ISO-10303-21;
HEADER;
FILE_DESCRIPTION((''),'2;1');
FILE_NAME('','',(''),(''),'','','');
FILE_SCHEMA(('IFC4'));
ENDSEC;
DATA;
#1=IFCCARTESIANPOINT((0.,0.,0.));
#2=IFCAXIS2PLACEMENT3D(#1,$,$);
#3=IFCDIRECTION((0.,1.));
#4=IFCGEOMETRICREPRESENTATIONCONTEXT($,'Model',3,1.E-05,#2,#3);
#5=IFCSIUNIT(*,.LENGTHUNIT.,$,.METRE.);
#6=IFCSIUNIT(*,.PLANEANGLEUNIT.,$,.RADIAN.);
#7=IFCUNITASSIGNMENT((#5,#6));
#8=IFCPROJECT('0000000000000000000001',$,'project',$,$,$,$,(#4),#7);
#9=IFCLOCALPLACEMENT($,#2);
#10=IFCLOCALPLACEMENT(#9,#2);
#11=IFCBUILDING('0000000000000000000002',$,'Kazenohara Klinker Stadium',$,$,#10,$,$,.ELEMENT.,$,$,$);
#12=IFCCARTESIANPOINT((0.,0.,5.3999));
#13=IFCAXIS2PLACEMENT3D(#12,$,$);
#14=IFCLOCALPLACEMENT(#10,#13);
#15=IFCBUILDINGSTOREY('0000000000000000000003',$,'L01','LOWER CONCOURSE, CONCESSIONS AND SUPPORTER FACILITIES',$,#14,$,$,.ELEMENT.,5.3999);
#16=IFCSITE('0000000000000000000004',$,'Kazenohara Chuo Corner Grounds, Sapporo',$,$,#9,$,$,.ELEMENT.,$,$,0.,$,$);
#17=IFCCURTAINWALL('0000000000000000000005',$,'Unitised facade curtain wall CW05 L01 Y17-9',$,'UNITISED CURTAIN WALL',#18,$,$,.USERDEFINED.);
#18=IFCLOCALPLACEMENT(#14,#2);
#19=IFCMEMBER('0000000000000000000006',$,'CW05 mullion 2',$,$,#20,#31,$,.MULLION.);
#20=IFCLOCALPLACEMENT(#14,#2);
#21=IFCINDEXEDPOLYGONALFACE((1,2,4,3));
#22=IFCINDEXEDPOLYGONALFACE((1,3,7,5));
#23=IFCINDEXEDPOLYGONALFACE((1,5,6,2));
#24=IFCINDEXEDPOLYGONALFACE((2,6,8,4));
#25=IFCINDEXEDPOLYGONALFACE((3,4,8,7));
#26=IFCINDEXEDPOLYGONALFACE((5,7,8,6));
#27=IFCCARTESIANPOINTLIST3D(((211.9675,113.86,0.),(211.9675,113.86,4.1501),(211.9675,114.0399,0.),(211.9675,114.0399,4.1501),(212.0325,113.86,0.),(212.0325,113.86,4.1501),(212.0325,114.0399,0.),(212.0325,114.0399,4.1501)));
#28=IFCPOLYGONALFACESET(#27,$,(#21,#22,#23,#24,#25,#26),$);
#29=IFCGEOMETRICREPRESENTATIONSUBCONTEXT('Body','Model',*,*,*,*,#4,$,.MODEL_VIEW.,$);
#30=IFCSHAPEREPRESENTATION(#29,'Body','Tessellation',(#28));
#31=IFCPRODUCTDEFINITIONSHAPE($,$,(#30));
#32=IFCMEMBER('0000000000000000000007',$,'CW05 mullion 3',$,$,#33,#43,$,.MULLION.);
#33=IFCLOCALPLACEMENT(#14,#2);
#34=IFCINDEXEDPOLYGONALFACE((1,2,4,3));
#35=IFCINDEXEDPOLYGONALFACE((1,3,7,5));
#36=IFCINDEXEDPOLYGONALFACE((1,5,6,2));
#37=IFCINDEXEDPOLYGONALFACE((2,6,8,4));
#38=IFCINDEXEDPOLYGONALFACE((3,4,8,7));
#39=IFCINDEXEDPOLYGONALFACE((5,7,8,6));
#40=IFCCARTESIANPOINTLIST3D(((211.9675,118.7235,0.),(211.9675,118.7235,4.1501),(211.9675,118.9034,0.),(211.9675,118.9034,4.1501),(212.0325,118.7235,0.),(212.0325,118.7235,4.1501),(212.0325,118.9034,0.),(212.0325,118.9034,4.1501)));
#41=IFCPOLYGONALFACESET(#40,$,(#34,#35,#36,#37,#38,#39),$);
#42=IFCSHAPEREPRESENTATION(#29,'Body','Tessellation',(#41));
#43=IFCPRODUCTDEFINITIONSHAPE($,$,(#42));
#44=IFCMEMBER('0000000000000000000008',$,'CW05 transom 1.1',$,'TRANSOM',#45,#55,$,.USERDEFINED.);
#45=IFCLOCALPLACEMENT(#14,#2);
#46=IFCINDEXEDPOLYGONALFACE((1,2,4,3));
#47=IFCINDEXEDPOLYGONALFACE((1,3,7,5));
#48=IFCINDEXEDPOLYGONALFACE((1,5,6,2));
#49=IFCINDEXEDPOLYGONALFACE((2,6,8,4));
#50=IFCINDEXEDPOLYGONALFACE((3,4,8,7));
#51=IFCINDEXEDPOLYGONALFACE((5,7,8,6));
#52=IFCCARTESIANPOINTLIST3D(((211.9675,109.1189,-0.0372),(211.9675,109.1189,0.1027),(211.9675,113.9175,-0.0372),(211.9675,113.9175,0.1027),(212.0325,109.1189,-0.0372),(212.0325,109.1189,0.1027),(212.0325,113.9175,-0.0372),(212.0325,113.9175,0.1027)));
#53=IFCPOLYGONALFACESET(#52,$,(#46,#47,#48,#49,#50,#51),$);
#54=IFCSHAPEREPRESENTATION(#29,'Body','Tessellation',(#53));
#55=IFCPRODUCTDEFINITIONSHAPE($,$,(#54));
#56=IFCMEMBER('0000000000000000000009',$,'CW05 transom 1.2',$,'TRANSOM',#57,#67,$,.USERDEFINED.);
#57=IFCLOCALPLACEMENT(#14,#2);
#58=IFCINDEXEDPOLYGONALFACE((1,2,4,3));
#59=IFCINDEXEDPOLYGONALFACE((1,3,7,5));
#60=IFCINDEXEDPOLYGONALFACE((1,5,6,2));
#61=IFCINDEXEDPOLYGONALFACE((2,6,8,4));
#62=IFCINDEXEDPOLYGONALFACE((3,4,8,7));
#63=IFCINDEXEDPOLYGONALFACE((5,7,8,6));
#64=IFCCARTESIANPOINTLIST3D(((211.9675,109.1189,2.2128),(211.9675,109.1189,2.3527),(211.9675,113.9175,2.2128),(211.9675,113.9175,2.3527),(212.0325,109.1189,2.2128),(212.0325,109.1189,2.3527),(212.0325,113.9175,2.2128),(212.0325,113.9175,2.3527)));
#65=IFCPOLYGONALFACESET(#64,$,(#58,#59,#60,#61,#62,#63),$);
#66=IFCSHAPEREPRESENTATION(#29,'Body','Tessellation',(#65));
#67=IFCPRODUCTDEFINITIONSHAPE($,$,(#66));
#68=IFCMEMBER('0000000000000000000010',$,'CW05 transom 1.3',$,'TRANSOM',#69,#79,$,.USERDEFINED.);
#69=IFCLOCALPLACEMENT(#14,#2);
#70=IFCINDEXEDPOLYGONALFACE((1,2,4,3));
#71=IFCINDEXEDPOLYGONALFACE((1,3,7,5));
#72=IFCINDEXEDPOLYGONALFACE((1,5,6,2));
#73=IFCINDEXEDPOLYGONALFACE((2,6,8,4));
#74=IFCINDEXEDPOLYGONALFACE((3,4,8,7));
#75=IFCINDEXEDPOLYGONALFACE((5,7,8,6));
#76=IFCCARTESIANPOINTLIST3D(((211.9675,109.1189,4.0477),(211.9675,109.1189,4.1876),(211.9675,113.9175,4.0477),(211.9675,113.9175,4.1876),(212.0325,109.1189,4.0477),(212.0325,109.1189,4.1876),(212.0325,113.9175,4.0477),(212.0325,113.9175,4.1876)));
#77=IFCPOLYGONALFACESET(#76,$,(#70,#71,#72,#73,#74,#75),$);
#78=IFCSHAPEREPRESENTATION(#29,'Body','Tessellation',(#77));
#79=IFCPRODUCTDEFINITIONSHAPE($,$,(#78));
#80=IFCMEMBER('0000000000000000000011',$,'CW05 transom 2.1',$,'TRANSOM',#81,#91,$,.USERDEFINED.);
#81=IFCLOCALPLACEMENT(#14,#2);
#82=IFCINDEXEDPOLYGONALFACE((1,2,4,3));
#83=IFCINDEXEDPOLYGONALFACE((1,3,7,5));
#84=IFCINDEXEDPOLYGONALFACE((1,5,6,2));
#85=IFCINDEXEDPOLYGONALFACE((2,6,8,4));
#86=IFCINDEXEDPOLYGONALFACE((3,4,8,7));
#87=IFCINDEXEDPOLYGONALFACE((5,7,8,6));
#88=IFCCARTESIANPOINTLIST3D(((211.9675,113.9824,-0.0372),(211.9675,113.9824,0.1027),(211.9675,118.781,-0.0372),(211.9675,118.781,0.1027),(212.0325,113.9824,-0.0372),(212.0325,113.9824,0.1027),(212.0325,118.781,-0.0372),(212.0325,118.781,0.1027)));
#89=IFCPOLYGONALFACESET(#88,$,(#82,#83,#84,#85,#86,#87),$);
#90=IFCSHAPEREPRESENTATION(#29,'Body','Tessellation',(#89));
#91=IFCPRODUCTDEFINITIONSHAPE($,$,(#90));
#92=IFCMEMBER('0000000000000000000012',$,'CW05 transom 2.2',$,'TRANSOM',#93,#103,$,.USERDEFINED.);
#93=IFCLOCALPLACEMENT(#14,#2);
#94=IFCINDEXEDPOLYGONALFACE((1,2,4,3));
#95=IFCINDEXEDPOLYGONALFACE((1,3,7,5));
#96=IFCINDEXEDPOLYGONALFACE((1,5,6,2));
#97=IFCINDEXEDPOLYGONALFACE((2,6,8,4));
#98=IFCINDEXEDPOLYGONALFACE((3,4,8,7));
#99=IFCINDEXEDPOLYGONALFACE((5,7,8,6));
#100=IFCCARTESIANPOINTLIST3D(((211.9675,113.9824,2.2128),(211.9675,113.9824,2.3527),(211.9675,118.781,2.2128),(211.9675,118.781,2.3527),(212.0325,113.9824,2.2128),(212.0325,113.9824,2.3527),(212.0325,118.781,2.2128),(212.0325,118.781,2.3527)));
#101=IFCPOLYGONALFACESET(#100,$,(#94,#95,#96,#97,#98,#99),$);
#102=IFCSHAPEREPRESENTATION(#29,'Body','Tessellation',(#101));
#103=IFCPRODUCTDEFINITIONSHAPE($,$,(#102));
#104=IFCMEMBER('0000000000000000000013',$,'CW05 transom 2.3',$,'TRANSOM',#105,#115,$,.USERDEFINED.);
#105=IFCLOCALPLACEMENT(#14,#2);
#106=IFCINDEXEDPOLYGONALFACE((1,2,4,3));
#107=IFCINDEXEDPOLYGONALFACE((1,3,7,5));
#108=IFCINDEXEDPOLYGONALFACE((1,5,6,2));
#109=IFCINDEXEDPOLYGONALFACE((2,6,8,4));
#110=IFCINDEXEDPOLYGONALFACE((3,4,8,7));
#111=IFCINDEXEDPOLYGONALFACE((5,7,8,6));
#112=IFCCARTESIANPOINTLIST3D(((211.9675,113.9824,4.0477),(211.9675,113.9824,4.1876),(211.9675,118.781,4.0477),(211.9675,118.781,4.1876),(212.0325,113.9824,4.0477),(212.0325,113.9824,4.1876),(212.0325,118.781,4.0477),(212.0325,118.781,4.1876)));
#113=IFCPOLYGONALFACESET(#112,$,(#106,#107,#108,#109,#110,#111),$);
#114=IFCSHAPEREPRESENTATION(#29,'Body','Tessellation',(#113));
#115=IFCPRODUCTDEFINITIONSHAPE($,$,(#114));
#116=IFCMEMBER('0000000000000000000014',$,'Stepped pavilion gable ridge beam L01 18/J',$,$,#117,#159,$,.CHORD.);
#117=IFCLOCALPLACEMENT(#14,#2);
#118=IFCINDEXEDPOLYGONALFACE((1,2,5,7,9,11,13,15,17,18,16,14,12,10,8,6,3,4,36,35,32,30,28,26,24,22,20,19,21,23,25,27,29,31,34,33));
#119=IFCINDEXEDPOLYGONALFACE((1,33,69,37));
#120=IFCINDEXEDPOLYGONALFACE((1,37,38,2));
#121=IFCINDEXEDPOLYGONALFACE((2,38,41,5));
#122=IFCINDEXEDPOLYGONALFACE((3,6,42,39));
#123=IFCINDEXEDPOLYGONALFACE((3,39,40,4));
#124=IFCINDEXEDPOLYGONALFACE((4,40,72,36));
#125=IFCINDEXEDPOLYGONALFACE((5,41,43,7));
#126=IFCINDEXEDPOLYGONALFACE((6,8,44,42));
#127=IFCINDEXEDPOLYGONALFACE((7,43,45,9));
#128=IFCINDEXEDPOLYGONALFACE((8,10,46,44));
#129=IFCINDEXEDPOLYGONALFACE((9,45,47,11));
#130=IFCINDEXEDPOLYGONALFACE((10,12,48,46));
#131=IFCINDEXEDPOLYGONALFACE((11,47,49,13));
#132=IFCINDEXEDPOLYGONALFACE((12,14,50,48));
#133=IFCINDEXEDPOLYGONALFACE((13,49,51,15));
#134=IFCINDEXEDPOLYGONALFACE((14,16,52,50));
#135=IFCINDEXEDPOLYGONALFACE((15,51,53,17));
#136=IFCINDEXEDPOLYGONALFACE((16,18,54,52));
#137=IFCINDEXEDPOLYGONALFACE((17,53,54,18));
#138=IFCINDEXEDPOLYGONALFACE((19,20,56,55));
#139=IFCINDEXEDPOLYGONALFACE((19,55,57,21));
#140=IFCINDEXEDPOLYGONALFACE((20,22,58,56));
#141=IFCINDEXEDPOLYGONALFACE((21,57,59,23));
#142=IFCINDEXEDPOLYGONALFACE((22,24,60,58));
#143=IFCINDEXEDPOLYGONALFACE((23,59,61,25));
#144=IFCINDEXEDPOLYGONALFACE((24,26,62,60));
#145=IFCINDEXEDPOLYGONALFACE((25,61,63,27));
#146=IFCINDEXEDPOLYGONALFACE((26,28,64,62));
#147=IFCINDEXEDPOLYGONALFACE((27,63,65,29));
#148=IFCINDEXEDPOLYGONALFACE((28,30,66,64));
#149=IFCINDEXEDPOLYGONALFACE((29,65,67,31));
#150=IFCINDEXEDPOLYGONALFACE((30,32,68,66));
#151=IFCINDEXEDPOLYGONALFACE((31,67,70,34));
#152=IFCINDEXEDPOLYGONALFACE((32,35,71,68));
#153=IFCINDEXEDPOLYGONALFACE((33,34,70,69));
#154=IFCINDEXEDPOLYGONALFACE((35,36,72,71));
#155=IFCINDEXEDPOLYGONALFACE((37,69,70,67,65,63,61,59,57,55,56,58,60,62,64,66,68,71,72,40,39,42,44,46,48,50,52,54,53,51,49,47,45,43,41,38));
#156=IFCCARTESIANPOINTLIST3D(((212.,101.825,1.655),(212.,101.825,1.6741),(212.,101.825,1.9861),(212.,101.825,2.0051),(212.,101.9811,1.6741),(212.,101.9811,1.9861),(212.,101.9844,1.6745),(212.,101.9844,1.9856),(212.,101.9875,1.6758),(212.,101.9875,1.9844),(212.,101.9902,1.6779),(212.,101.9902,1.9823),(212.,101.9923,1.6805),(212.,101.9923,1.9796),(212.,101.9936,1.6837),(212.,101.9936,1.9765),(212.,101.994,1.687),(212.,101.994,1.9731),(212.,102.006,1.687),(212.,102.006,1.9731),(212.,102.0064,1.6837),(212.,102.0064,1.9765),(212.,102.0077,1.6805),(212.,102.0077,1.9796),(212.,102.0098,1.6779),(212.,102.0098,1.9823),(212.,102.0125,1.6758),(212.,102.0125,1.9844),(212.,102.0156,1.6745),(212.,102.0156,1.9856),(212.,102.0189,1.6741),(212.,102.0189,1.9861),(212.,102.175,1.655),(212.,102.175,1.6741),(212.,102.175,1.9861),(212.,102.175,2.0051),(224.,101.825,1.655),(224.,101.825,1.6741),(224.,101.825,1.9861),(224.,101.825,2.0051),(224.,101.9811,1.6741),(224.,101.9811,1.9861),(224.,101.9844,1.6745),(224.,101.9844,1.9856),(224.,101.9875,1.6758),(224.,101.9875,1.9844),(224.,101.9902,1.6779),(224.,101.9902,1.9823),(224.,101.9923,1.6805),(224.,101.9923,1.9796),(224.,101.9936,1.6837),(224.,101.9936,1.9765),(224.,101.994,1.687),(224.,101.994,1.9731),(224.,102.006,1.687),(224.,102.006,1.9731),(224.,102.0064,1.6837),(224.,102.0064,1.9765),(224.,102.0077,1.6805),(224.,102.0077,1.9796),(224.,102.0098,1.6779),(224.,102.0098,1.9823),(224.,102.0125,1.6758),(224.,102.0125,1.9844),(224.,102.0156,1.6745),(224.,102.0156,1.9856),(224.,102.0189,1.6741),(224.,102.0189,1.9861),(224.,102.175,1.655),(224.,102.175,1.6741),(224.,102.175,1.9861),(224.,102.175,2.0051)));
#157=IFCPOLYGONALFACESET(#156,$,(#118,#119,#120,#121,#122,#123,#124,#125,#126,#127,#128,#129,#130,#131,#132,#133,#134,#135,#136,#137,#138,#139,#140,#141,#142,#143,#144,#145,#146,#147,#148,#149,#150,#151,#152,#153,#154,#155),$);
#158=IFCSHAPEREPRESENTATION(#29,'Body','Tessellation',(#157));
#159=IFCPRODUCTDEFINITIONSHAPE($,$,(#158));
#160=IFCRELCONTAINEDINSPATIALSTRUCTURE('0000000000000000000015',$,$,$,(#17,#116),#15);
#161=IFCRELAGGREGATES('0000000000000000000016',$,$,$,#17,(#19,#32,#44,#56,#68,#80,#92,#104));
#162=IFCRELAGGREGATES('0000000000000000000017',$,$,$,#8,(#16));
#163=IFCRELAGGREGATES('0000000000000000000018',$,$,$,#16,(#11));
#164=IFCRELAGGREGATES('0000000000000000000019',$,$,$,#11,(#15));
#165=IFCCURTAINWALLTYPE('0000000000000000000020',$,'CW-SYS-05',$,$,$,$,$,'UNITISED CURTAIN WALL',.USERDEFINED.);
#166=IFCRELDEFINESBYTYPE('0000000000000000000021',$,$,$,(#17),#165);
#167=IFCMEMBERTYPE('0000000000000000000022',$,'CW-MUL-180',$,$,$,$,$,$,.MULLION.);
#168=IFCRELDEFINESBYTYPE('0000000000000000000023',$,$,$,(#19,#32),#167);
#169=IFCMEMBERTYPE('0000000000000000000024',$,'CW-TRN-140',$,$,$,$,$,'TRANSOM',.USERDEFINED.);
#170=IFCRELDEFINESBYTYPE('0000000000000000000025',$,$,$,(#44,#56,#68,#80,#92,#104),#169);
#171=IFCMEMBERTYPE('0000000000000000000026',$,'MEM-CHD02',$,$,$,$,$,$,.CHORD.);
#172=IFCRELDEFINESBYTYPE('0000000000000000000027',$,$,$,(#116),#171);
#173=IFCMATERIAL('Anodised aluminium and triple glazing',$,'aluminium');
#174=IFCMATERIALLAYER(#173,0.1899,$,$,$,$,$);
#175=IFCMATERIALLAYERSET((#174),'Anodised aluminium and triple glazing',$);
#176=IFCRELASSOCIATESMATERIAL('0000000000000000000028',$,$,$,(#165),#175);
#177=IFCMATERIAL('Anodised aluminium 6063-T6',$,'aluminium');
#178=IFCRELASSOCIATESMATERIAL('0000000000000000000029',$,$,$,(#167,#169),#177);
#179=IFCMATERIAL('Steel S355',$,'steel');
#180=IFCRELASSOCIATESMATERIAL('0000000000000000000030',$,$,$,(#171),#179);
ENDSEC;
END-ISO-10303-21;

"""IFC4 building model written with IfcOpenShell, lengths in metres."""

from ifc_helpers import new_model, si_unit, direction, frame, origin, origin_2d, place, context, subcontext, project, spatial, rectangle, i_section, extrude, material, layer, layer_set, material_profile, profile_set, type_object, element, aggregate, save


model = new_model("IFC4")

# Units and contexts
model_context = context("Model", 3, precision=1e-05, world=origin(), true_north=direction((0.0, 1.0)))
body_context = subcontext(model_context, "Body", "Model", "MODEL_VIEW")
ifc_project = project(units=[si_unit("LENGTHUNIT", "METRE"), si_unit("PLANEANGLEUNIT", "RADIAN")], contexts=[model_context])

# Site, building, storey
site_placement = place(None, origin())
site = spatial("IfcSite", under=ifc_project, at=site_placement, Name="Kazenohara Chuo Corner Grounds, Sapporo", CompositionType="ELEMENT", RefElevation=0.0)
building_placement = place(site_placement, origin())
building = spatial("IfcBuilding", under=site, at=building_placement, Name="Kazenohara Klinker Stadium", CompositionType="ELEMENT")
storey_placement = place(building_placement, frame((0.0, 0.0, 5.3999)))
storey = spatial("IfcBuildingStorey", under=building, at=storey_placement, Name="L01", Description="LOWER CONCOURSE, CONCESSIONS AND SUPPORTER FACILITIES", CompositionType="ELEMENT", Elevation=5.3999)

# Shared definitions
ifc_material_1 = material(Name="Steel S355", Category="steel")

# Curtain wall, members
ifc_material_2 = material(Name="Anodised aluminium and triple glazing", Category="aluminium")
ifc_layer_1 = layer(ifc_material_2, 0.1899)
ifc_layer_set_1 = layer_set([ifc_layer_1], Name="Anodised aluminium and triple glazing")
curtain_wall_type = type_object("IfcCurtainWallType", Name="CW-SYS-05", ElementType="UNITISED CURTAIN WALL", PredefinedType="USERDEFINED", material=ifc_layer_set_1)
curtain_wall_placement = place(storey_placement, origin())
curtain_wall = element("IfcCurtainWall", 1, at=curtain_wall_placement, inside=storey, type_object=curtain_wall_type, Name="Unitised facade curtain wall CW05 L01 Y17-9", ObjectType="UNITISED CURTAIN WALL", PredefinedType="USERDEFINED")
ifc_material_3 = material(Name="Anodised aluminium 6063-T6", Category="aluminium")
ifc_material_profile_1 = material_profile(ifc_material_3, rectangle(XDim=0.0649, YDim=0.1799, at=origin_2d()), Name="ALU-MUL-65x180")
ifc_profile_set_1 = profile_set([ifc_material_profile_1], Name="Anodised aluminium 6063-T6")
member_type_1 = type_object("IfcMemberType", Name="CW-MUL-180", PredefinedType="MULLION", material=ifc_profile_set_1)
member_1_placement = place(storey_placement, frame((212.0, 113.95, 0.0), z_axis=(0.0, 0.0, 1.0), x_axis=(-1.0, 0.0, 0.0)))
member_1 = element("IfcMember", 2, at=member_1_placement, type_object=member_type_1, Name="CW05 mullion 2", PredefinedType="MULLION", context=body_context, shape_type="SweptSolid", body=[
    extrude(rectangle(XDim=0.0649, YDim=0.1799, at=origin_2d()), origin(), (0.0, 0.0, 1.0), 4.1501),
])
member_2_placement = place(storey_placement, frame((212.0, 118.8135, 0.0), z_axis=(0.0, 0.0, 1.0), x_axis=(-1.0, 0.0, 0.0)))
member_2 = element("IfcMember", 3, at=member_2_placement, type_object=member_type_1, Name="CW05 mullion 3", PredefinedType="MULLION", context=body_context, shape_type="SweptSolid", body=[
    extrude(rectangle(XDim=0.0649, YDim=0.1799, at=origin_2d()), origin(), (0.0, 0.0, 1.0), 4.1501),
])
ifc_material_profile_2 = material_profile(ifc_material_3, rectangle(XDim=0.0649, YDim=0.1399, at=origin_2d()), Name="ALU-TRN-65x140")
ifc_profile_set_2 = profile_set([ifc_material_profile_2], Name="Anodised aluminium 6063-T6")
member_type_2 = type_object("IfcMemberType", Name="CW-TRN-140", ElementType="TRANSOM", PredefinedType="USERDEFINED", material=ifc_profile_set_2)
member_3_placement = place(storey_placement, frame((212.0, 109.1189, 0.0327), z_axis=(0.0, 1.0, 0.0), x_axis=(-1.0, 0.0, 0.0)))
member_3 = element("IfcMember", 4, at=member_3_placement, type_object=member_type_2, Name="CW05 transom 1.1", ObjectType="TRANSOM", PredefinedType="USERDEFINED", context=body_context, shape_type="SweptSolid", body=[
    extrude(rectangle(XDim=0.0649, YDim=0.1399, at=origin_2d()), origin(), (0.0, 0.0, 1.0), 4.7986),
])
member_4_placement = place(storey_placement, frame((212.0, 109.1189, 2.2827), z_axis=(0.0, 1.0, 0.0), x_axis=(-1.0, 0.0, 0.0)))
member_4 = element("IfcMember", 5, at=member_4_placement, type_object=member_type_2, Name="CW05 transom 1.2", ObjectType="TRANSOM", PredefinedType="USERDEFINED", context=body_context, shape_type="SweptSolid", body=[
    extrude(rectangle(XDim=0.0649, YDim=0.1399, at=origin_2d()), origin(), (0.0, 0.0, 1.0), 4.7986),
])
member_5_placement = place(storey_placement, frame((212.0, 109.1189, 4.1177), z_axis=(0.0, 1.0, 0.0), x_axis=(-1.0, 0.0, 0.0)))
member_5 = element("IfcMember", 6, at=member_5_placement, type_object=member_type_2, Name="CW05 transom 1.3", ObjectType="TRANSOM", PredefinedType="USERDEFINED", context=body_context, shape_type="SweptSolid", body=[
    extrude(rectangle(XDim=0.0649, YDim=0.1399, at=origin_2d()), origin(), (0.0, 0.0, 1.0), 4.7986),
])
member_6_placement = place(storey_placement, frame((212.0, 113.9824, 0.0327), z_axis=(0.0, 1.0, 0.0), x_axis=(-1.0, 0.0, 0.0)))
member_6 = element("IfcMember", 7, at=member_6_placement, type_object=member_type_2, Name="CW05 transom 2.1", ObjectType="TRANSOM", PredefinedType="USERDEFINED", context=body_context, shape_type="SweptSolid", body=[
    extrude(rectangle(XDim=0.0649, YDim=0.1399, at=origin_2d()), origin(), (0.0, 0.0, 1.0), 4.7986),
])
member_7_placement = place(storey_placement, frame((212.0, 113.9824, 2.2827), z_axis=(0.0, 1.0, 0.0), x_axis=(-1.0, 0.0, 0.0)))
member_7 = element("IfcMember", 8, at=member_7_placement, type_object=member_type_2, Name="CW05 transom 2.2", ObjectType="TRANSOM", PredefinedType="USERDEFINED", context=body_context, shape_type="SweptSolid", body=[
    extrude(rectangle(XDim=0.0649, YDim=0.1399, at=origin_2d()), origin(), (0.0, 0.0, 1.0), 4.7986),
])
member_8_placement = place(storey_placement, frame((212.0, 113.9824, 4.1177), z_axis=(0.0, 1.0, 0.0), x_axis=(-1.0, 0.0, 0.0)))
member_8 = element("IfcMember", 9, at=member_8_placement, type_object=member_type_2, Name="CW05 transom 2.3", ObjectType="TRANSOM", PredefinedType="USERDEFINED", context=body_context, shape_type="SweptSolid", body=[
    extrude(rectangle(XDim=0.0649, YDim=0.1399, at=origin_2d()), origin(), (0.0, 0.0, 1.0), 4.7986),
])

# Member
ifc_material_profile_3 = material_profile(ifc_material_1, i_section(OverallWidth=0.3501, OverallDepth=0.3501, WebThickness=0.012, FlangeThickness=0.019, FilletRadius=0.0129, at=origin_2d()), Name="H-350x350x12x19")
ifc_profile_set_3 = profile_set([ifc_material_profile_3], Name="Steel S355")
member_type_3 = type_object("IfcMemberType", Name="MEM-CHD02", PredefinedType="CHORD", material=ifc_profile_set_3)
for number, where, z_axis, x_axis, name in (
    (10, (212.0, 102.0, 1.8301), (1.0, 0.0, 0.0), (0.0, 1.0, 0.0), "Stepped pavilion gable ridge beam L01 18/J"),
):
    element("IfcMember", number, at=place(storey_placement, frame(where, z_axis=z_axis, x_axis=x_axis)), inside=storey, type_object=member_type_3, Name=name, PredefinedType="CHORD", context=body_context, shape_type="SweptSolid", body=[
        extrude(i_section(OverallWidth=0.3501, OverallDepth=0.3501, WebThickness=0.012, FlangeThickness=0.019, FilletRadius=0.0129, at=origin_2d()), origin(), (0.0, 0.0, 1.0), 12.0),
    ])

aggregate(curtain_wall, [member_1, member_2, member_3, member_4, member_5, member_6, member_7, member_8])

save(model, "model.ifc")
